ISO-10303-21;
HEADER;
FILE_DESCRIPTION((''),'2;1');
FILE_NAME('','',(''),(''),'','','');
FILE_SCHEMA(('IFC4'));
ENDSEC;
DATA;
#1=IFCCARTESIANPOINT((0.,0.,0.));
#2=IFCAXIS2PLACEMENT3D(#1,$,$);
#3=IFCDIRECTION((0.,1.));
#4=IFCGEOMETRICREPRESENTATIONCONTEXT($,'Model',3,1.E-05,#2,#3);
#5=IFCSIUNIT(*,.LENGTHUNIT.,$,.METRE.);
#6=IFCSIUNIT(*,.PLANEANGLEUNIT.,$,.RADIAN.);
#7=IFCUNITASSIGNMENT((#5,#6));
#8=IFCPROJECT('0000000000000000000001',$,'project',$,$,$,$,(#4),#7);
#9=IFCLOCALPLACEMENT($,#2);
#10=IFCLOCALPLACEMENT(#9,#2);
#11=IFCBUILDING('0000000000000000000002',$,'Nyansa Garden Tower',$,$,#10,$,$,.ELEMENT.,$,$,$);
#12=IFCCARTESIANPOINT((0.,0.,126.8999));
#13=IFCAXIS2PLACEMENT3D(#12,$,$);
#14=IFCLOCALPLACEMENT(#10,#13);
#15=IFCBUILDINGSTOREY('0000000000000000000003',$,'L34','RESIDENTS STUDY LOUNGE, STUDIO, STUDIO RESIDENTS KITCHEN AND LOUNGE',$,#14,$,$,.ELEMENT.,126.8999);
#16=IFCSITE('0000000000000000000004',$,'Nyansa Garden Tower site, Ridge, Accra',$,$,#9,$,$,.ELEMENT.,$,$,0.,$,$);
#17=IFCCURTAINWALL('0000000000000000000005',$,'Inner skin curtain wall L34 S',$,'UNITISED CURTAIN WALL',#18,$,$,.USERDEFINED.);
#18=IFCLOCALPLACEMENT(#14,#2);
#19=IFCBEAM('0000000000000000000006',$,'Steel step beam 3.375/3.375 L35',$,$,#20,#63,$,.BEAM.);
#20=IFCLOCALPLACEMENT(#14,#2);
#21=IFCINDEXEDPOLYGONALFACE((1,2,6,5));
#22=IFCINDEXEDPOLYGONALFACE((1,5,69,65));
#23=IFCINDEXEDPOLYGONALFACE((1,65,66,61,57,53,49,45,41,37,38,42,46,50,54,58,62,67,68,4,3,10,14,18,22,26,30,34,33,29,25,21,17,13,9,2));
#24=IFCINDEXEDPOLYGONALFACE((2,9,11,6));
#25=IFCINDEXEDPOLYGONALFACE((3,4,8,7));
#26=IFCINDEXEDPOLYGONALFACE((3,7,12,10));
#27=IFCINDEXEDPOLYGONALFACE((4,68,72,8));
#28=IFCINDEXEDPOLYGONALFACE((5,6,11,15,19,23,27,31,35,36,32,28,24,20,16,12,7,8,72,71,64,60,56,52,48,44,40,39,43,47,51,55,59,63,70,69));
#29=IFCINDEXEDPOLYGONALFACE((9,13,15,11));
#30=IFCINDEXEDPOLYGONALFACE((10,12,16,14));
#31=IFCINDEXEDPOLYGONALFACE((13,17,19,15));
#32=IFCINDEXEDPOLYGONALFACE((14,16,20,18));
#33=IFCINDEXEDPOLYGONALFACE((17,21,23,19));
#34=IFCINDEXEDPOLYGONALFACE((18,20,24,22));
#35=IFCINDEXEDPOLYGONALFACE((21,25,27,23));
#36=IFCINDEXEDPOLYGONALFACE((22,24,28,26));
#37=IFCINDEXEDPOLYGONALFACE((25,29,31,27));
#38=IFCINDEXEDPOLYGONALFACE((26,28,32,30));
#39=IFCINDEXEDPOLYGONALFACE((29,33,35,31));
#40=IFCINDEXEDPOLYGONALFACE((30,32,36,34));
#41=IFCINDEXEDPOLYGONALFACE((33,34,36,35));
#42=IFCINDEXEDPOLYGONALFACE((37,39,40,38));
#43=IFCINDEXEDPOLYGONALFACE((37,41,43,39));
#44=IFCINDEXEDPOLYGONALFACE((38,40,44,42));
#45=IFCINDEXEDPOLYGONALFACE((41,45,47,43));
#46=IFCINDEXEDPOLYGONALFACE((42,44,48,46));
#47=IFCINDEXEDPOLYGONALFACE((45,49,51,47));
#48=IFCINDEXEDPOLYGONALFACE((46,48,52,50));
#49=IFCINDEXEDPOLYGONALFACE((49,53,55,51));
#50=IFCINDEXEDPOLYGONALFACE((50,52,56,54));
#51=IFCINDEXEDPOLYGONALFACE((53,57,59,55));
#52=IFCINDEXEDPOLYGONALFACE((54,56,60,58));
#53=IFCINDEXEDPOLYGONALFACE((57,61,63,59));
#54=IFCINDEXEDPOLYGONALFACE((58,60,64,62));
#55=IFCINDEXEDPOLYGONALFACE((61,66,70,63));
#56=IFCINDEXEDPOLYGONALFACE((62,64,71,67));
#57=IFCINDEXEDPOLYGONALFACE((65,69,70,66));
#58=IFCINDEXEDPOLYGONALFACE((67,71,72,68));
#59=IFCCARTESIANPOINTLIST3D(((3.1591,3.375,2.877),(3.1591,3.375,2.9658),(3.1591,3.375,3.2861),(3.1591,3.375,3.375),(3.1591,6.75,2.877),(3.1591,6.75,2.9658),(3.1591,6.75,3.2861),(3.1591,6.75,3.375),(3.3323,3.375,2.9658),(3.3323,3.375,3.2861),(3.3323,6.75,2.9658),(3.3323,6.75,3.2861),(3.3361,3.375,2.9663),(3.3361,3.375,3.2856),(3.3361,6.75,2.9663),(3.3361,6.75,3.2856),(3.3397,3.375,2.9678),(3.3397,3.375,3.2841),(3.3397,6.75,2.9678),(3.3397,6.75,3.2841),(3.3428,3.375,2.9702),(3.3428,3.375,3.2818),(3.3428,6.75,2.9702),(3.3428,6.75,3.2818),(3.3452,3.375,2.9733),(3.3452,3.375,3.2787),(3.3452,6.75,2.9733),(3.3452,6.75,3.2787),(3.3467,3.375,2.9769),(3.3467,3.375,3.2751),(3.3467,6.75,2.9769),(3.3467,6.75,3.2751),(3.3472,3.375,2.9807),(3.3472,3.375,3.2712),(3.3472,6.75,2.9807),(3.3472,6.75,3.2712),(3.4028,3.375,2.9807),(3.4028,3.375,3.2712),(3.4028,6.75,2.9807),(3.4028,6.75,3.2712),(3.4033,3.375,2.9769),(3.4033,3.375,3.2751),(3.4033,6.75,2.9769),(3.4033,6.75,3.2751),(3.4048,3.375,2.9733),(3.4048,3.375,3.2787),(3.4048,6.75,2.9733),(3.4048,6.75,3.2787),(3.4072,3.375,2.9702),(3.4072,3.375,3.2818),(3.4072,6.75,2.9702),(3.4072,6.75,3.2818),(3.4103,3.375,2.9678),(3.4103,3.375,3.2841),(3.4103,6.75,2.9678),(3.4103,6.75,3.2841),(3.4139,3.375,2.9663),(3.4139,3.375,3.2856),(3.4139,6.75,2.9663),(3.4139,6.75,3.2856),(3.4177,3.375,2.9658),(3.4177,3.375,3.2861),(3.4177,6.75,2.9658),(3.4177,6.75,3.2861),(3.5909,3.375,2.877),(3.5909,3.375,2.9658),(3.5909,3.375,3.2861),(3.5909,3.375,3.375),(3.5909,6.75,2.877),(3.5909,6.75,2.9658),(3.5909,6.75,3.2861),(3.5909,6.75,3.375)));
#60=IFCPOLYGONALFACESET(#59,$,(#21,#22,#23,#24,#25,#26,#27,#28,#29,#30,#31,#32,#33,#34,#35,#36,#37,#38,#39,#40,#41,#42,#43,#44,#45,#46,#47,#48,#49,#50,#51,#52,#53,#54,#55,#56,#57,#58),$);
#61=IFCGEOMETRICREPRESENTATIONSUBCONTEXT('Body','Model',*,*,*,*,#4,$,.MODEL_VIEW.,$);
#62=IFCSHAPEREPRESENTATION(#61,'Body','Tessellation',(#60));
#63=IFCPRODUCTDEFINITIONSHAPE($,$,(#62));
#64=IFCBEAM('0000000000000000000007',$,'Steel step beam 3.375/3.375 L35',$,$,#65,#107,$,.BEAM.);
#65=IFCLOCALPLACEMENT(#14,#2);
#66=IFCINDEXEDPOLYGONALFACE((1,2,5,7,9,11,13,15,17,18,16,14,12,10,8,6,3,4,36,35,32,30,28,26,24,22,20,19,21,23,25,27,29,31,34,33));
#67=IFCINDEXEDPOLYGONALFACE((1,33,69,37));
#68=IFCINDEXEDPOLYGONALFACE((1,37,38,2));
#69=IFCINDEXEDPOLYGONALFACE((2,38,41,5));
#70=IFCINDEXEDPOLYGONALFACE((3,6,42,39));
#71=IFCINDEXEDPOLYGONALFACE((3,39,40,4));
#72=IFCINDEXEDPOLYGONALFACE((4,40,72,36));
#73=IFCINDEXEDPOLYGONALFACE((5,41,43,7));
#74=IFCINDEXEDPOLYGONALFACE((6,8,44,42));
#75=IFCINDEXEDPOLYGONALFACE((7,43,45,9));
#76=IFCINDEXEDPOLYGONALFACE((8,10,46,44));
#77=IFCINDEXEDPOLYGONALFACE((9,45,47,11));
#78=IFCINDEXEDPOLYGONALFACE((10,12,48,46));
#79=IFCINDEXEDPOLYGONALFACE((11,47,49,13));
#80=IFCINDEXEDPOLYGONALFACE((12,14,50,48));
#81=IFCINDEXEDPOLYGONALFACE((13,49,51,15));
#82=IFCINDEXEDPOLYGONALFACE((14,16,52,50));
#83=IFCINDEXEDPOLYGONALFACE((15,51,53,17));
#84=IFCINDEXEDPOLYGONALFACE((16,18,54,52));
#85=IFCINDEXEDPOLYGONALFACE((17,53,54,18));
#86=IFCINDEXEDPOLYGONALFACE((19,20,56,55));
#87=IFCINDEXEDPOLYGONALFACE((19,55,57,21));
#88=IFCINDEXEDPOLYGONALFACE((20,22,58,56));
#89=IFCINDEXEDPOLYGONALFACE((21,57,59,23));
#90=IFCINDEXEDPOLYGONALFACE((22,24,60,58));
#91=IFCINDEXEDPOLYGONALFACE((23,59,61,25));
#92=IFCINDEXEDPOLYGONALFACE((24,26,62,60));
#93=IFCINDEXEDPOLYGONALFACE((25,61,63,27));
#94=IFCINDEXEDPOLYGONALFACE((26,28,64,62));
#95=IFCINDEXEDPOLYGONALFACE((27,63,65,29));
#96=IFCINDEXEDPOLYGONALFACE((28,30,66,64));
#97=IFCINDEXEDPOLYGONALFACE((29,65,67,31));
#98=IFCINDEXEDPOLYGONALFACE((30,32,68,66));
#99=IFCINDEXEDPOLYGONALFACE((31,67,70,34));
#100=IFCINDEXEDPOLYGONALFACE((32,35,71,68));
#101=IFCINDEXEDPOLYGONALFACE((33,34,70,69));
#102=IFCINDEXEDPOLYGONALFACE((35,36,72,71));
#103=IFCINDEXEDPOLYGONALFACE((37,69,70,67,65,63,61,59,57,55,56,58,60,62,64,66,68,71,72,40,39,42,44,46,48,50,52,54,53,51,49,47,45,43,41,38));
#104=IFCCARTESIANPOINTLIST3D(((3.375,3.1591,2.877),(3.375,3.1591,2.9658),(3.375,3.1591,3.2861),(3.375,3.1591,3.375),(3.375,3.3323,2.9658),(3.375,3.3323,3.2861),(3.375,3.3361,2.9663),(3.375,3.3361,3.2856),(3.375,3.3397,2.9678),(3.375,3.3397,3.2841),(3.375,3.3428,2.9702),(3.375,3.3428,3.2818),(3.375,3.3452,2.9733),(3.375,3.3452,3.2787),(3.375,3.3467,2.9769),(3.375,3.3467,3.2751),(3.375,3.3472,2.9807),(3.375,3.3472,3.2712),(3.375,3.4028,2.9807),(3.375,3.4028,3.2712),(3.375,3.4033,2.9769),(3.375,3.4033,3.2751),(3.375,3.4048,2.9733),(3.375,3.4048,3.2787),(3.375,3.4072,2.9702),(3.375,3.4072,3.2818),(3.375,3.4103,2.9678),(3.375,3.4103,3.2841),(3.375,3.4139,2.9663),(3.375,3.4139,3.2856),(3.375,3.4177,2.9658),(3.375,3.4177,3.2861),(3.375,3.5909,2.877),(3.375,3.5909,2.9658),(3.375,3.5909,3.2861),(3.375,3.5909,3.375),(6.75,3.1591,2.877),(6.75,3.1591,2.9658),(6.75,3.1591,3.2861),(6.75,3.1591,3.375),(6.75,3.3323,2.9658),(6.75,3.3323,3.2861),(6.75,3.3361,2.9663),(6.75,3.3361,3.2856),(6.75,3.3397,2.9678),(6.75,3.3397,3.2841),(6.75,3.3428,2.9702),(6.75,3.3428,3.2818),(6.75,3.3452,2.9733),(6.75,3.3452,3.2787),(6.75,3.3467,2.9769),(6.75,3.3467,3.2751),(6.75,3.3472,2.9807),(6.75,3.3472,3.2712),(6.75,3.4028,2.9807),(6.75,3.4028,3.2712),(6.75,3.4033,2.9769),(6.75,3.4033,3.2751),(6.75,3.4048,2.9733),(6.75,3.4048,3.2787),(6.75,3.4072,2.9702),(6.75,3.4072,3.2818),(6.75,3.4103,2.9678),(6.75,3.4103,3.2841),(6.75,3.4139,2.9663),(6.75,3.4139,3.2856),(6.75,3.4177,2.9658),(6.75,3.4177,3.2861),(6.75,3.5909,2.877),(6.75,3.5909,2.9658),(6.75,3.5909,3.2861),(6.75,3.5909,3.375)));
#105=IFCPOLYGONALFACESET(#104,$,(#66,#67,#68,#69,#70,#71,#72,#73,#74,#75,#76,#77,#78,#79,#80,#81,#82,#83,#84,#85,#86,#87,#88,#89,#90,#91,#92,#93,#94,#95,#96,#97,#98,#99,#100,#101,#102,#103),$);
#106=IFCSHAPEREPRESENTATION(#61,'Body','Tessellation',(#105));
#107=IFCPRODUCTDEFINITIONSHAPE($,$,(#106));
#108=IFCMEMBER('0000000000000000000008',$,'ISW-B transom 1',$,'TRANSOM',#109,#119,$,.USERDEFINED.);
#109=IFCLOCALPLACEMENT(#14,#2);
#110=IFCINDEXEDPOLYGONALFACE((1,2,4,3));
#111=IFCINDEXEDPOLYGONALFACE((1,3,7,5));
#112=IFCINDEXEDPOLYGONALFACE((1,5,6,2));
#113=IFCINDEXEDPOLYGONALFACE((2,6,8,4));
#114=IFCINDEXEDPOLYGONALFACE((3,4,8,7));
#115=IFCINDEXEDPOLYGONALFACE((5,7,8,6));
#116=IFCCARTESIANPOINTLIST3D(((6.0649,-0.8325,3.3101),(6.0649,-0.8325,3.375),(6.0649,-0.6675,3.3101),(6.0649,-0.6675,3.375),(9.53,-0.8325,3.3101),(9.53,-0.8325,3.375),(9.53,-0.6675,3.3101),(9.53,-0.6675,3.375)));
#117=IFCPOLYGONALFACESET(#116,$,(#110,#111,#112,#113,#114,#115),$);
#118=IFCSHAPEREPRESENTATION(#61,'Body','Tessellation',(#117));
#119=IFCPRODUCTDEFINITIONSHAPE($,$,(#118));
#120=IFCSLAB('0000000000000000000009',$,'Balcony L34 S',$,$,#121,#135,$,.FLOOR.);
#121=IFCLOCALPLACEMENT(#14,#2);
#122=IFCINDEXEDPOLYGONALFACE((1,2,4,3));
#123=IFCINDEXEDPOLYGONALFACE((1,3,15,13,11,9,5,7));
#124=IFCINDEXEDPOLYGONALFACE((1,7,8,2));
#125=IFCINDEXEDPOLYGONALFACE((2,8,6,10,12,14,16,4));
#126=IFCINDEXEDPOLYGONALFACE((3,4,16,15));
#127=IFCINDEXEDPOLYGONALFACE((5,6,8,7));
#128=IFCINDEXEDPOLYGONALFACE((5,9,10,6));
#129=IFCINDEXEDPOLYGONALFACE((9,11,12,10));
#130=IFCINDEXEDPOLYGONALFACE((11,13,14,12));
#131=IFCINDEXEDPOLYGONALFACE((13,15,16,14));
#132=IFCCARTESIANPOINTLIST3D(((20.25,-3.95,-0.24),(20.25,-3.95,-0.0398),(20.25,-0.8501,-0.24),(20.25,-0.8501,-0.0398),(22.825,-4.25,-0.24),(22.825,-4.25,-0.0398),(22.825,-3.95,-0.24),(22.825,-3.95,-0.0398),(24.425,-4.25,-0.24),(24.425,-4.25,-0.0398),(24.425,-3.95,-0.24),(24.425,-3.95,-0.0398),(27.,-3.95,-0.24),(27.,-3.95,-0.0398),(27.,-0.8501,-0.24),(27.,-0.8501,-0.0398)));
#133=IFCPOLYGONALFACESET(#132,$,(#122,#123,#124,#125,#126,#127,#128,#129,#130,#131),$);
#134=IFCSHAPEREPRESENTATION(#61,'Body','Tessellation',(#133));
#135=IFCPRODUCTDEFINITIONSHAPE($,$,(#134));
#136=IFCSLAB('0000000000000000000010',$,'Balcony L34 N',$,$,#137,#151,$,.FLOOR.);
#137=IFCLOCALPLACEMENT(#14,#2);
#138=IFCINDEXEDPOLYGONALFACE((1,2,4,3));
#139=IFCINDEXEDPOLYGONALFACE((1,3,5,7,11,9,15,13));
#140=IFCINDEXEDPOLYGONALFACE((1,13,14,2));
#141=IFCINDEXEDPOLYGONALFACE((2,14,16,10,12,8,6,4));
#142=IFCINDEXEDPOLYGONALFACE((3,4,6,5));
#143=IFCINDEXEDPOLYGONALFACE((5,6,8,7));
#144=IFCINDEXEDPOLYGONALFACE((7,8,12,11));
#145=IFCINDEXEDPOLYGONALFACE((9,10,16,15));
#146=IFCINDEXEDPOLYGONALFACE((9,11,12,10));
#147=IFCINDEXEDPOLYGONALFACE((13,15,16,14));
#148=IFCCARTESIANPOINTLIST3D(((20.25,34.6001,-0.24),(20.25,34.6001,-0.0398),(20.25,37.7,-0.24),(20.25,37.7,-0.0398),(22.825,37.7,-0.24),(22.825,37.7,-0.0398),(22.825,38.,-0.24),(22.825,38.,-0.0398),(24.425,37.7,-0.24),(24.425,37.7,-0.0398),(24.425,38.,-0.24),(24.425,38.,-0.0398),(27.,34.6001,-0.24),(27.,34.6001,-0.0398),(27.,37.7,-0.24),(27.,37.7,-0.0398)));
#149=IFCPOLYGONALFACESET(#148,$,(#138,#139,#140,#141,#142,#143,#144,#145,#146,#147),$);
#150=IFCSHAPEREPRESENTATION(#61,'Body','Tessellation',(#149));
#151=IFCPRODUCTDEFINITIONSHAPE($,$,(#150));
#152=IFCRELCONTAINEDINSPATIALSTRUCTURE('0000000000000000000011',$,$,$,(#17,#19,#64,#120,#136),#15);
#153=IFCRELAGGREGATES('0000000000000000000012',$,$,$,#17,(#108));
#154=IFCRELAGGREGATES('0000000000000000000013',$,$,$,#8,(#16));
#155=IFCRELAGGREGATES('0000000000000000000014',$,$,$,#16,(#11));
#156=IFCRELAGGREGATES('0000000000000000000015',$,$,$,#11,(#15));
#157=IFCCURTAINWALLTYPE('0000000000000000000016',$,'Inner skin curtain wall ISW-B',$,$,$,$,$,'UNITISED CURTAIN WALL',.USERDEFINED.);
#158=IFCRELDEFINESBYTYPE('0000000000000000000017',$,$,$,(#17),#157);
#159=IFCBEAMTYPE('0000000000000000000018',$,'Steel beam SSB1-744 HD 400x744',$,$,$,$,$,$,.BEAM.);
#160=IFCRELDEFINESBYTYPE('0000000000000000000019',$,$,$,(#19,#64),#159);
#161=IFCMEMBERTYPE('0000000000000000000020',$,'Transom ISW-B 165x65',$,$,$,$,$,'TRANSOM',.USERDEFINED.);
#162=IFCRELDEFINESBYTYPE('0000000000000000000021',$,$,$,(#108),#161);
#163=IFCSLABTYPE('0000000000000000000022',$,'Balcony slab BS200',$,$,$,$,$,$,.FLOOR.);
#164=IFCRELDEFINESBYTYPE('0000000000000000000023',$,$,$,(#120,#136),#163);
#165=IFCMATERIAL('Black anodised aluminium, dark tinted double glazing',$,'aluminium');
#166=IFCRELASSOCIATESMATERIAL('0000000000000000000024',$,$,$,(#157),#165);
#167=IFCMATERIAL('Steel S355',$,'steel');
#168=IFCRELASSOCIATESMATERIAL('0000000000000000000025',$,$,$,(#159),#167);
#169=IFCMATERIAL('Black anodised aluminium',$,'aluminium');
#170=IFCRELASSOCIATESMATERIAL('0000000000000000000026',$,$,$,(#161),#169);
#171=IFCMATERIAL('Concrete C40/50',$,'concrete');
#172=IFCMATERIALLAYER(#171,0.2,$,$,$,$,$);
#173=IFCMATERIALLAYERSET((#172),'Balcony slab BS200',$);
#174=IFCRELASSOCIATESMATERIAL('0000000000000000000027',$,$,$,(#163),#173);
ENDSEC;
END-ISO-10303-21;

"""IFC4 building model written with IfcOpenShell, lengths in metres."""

from ifc_helpers import new_model, si_unit, direction, frame, origin, origin_2d, place, context, subcontext, project, spatial, polyline, rectangle, i_section, outline, extrude, material, layer, layer_set, material_profile, profile_set, type_object, element, aggregate, save


model = new_model("IFC4")

# Units and contexts
model_context = context("Model", 3, precision=1e-05, world=origin(), true_north=direction((0.0, 1.0)))
body_context = subcontext(model_context, "Body", "Model", "MODEL_VIEW")
ifc_project = project(units=[si_unit("LENGTHUNIT", "METRE"), si_unit("PLANEANGLEUNIT", "RADIAN")], contexts=[model_context])

# Site, building, storey
site_placement = place(None, origin())
site = spatial("IfcSite", under=ifc_project, at=site_placement, Name="Nyansa Garden Tower site, Ridge, Accra", CompositionType="ELEMENT", RefElevation=0.0)
building_placement = place(site_placement, origin())
building = spatial("IfcBuilding", under=site, at=building_placement, Name="Nyansa Garden Tower", CompositionType="ELEMENT")
storey_placement = place(building_placement, frame((0.0, 0.0, 126.8999)))
storey = spatial("IfcBuildingStorey", under=building, at=storey_placement, Name="L34", Description="RESIDENTS STUDY LOUNGE, STUDIO, STUDIO RESIDENTS KITCHEN AND LOUNGE", CompositionType="ELEMENT", Elevation=126.8999)

# Curtain wall
ifc_material_1 = material(Name="Black anodised aluminium, dark tinted double glazing", Category="aluminium")
curtain_wall_type = type_object("IfcCurtainWallType", Name="Inner skin curtain wall ISW-B", ElementType="UNITISED CURTAIN WALL", PredefinedType="USERDEFINED", material=ifc_material_1)
curtain_wall_1_placement = place(storey_placement, origin())
curtain_wall_1 = element("IfcCurtainWall", 1, at=curtain_wall_1_placement, inside=storey, type_object=curtain_wall_type, Name="Inner skin curtain wall L34 S", ObjectType="UNITISED CURTAIN WALL", PredefinedType="USERDEFINED")

# Beams
ifc_material_2 = material(Name="Steel S355", Category="steel")
ifc_material_profile_1 = material_profile(ifc_material_2, i_section(OverallWidth=0.4319, OverallDepth=0.498, WebThickness=0.0557, FlangeThickness=0.0889, FilletRadius=0.0149, at=origin_2d()), Name="HD 400x744")
ifc_profile_set_1 = profile_set([ifc_material_profile_1], Name="Steel S355")
beam_type_1 = type_object("IfcBeamType", Name="Steel beam SSB1-744 HD 400x744", PredefinedType="BEAM", material=ifc_profile_set_1)
for number, where, z_axis, x_axis, name in (
    (2, (3.375, 3.375, 3.126), (0.0, 1.0, 0.0), (-1.0, 0.0, 0.0), "Steel step beam 3.375/3.375 L35"),
    (3, (3.375, 3.375, 3.126), (1.0, 0.0, 0.0), (0.0, 1.0, 0.0), "Steel step beam 3.375/3.375 L35"),
):
    element("IfcBeam", number, at=place(storey_placement, frame(where, z_axis=z_axis, x_axis=x_axis)), inside=storey, type_object=beam_type_1, Name=name, PredefinedType="BEAM", context=body_context, shape_type="SweptSolid", body=[
        extrude(i_section(OverallWidth=0.4319, OverallDepth=0.498, WebThickness=0.0557, FlangeThickness=0.0889, FilletRadius=0.0149, at=origin_2d()), origin(), (0.0, 0.0, 1.0), 3.375),
    ])

# Member
ifc_material_3 = material(Name="Black anodised aluminium", Category="aluminium")
ifc_material_profile_2 = material_profile(ifc_material_3, rectangle(XDim=0.165, YDim=0.0649, at=origin_2d()), Name="Transom 165x65")
ifc_profile_set_2 = profile_set([ifc_material_profile_2], Name="Black anodised aluminium")
member_type_1 = type_object("IfcMemberType", Name="Transom ISW-B 165x65", ElementType="TRANSOM", PredefinedType="USERDEFINED", material=ifc_profile_set_2)
member_1_placement = place(storey_placement, frame((6.0649, -0.75, 3.3425), z_axis=(1.0, 0.0, 0.0), x_axis=(0.0, 1.0, 0.0)))
member_1 = element("IfcMember", 4, at=member_1_placement, type_object=member_type_1, Name="ISW-B transom 1", ObjectType="TRANSOM", PredefinedType="USERDEFINED", context=body_context, shape_type="SweptSolid", body=[
    extrude(rectangle(XDim=0.165, YDim=0.0649, at=origin_2d()), origin(), (0.0, 0.0, 1.0), 3.4651),
])
aggregate(curtain_wall_1, [member_1])

# Slabs
ifc_material_4 = material(Name="Concrete C40/50", Category="concrete")
ifc_layer_1 = layer(ifc_material_4, 0.2)
ifc_layer_set_1 = layer_set([ifc_layer_1], Name="Balcony slab BS200")
slab_type_1 = type_object("IfcSlabType", Name="Balcony slab BS200", PredefinedType="FLOOR", material=ifc_layer_set_1)
slab_1_placement = place(storey_placement, frame((0.0, 0.0, -0.24)))
element("IfcSlab", 5, at=slab_1_placement, inside=storey, type_object=slab_type_1, Name="Balcony L34 S", PredefinedType="FLOOR", context=body_context, shape_type="SweptSolid", body=[
    extrude(outline(polyline([(20.25, -0.8501), (27.0, -0.8501), (27.0, -3.95), (24.425, -3.95), (24.425, -4.25), (22.825, -4.25), (22.825, -3.95), (20.25, -3.95), (20.25, -0.8501)])), origin(), (0.0, 0.0, 1.0), 0.2002),
])
slab_2_placement = place(storey_placement, frame((0.0, 0.0, -0.24)))
element("IfcSlab", 6, at=slab_2_placement, inside=storey, type_object=slab_type_1, Name="Balcony L34 N", PredefinedType="FLOOR", context=body_context, shape_type="SweptSolid", body=[
    extrude(outline(polyline([(20.25, 34.6001), (27.0, 34.6001), (27.0, 37.7), (24.425, 37.7), (24.425, 38.0), (22.825, 38.0), (22.825, 37.7), (20.25, 37.7), (20.25, 34.6001)])), origin(), (0.0, 0.0, 1.0), 0.2002),
])

save(model, "model.ifc")
